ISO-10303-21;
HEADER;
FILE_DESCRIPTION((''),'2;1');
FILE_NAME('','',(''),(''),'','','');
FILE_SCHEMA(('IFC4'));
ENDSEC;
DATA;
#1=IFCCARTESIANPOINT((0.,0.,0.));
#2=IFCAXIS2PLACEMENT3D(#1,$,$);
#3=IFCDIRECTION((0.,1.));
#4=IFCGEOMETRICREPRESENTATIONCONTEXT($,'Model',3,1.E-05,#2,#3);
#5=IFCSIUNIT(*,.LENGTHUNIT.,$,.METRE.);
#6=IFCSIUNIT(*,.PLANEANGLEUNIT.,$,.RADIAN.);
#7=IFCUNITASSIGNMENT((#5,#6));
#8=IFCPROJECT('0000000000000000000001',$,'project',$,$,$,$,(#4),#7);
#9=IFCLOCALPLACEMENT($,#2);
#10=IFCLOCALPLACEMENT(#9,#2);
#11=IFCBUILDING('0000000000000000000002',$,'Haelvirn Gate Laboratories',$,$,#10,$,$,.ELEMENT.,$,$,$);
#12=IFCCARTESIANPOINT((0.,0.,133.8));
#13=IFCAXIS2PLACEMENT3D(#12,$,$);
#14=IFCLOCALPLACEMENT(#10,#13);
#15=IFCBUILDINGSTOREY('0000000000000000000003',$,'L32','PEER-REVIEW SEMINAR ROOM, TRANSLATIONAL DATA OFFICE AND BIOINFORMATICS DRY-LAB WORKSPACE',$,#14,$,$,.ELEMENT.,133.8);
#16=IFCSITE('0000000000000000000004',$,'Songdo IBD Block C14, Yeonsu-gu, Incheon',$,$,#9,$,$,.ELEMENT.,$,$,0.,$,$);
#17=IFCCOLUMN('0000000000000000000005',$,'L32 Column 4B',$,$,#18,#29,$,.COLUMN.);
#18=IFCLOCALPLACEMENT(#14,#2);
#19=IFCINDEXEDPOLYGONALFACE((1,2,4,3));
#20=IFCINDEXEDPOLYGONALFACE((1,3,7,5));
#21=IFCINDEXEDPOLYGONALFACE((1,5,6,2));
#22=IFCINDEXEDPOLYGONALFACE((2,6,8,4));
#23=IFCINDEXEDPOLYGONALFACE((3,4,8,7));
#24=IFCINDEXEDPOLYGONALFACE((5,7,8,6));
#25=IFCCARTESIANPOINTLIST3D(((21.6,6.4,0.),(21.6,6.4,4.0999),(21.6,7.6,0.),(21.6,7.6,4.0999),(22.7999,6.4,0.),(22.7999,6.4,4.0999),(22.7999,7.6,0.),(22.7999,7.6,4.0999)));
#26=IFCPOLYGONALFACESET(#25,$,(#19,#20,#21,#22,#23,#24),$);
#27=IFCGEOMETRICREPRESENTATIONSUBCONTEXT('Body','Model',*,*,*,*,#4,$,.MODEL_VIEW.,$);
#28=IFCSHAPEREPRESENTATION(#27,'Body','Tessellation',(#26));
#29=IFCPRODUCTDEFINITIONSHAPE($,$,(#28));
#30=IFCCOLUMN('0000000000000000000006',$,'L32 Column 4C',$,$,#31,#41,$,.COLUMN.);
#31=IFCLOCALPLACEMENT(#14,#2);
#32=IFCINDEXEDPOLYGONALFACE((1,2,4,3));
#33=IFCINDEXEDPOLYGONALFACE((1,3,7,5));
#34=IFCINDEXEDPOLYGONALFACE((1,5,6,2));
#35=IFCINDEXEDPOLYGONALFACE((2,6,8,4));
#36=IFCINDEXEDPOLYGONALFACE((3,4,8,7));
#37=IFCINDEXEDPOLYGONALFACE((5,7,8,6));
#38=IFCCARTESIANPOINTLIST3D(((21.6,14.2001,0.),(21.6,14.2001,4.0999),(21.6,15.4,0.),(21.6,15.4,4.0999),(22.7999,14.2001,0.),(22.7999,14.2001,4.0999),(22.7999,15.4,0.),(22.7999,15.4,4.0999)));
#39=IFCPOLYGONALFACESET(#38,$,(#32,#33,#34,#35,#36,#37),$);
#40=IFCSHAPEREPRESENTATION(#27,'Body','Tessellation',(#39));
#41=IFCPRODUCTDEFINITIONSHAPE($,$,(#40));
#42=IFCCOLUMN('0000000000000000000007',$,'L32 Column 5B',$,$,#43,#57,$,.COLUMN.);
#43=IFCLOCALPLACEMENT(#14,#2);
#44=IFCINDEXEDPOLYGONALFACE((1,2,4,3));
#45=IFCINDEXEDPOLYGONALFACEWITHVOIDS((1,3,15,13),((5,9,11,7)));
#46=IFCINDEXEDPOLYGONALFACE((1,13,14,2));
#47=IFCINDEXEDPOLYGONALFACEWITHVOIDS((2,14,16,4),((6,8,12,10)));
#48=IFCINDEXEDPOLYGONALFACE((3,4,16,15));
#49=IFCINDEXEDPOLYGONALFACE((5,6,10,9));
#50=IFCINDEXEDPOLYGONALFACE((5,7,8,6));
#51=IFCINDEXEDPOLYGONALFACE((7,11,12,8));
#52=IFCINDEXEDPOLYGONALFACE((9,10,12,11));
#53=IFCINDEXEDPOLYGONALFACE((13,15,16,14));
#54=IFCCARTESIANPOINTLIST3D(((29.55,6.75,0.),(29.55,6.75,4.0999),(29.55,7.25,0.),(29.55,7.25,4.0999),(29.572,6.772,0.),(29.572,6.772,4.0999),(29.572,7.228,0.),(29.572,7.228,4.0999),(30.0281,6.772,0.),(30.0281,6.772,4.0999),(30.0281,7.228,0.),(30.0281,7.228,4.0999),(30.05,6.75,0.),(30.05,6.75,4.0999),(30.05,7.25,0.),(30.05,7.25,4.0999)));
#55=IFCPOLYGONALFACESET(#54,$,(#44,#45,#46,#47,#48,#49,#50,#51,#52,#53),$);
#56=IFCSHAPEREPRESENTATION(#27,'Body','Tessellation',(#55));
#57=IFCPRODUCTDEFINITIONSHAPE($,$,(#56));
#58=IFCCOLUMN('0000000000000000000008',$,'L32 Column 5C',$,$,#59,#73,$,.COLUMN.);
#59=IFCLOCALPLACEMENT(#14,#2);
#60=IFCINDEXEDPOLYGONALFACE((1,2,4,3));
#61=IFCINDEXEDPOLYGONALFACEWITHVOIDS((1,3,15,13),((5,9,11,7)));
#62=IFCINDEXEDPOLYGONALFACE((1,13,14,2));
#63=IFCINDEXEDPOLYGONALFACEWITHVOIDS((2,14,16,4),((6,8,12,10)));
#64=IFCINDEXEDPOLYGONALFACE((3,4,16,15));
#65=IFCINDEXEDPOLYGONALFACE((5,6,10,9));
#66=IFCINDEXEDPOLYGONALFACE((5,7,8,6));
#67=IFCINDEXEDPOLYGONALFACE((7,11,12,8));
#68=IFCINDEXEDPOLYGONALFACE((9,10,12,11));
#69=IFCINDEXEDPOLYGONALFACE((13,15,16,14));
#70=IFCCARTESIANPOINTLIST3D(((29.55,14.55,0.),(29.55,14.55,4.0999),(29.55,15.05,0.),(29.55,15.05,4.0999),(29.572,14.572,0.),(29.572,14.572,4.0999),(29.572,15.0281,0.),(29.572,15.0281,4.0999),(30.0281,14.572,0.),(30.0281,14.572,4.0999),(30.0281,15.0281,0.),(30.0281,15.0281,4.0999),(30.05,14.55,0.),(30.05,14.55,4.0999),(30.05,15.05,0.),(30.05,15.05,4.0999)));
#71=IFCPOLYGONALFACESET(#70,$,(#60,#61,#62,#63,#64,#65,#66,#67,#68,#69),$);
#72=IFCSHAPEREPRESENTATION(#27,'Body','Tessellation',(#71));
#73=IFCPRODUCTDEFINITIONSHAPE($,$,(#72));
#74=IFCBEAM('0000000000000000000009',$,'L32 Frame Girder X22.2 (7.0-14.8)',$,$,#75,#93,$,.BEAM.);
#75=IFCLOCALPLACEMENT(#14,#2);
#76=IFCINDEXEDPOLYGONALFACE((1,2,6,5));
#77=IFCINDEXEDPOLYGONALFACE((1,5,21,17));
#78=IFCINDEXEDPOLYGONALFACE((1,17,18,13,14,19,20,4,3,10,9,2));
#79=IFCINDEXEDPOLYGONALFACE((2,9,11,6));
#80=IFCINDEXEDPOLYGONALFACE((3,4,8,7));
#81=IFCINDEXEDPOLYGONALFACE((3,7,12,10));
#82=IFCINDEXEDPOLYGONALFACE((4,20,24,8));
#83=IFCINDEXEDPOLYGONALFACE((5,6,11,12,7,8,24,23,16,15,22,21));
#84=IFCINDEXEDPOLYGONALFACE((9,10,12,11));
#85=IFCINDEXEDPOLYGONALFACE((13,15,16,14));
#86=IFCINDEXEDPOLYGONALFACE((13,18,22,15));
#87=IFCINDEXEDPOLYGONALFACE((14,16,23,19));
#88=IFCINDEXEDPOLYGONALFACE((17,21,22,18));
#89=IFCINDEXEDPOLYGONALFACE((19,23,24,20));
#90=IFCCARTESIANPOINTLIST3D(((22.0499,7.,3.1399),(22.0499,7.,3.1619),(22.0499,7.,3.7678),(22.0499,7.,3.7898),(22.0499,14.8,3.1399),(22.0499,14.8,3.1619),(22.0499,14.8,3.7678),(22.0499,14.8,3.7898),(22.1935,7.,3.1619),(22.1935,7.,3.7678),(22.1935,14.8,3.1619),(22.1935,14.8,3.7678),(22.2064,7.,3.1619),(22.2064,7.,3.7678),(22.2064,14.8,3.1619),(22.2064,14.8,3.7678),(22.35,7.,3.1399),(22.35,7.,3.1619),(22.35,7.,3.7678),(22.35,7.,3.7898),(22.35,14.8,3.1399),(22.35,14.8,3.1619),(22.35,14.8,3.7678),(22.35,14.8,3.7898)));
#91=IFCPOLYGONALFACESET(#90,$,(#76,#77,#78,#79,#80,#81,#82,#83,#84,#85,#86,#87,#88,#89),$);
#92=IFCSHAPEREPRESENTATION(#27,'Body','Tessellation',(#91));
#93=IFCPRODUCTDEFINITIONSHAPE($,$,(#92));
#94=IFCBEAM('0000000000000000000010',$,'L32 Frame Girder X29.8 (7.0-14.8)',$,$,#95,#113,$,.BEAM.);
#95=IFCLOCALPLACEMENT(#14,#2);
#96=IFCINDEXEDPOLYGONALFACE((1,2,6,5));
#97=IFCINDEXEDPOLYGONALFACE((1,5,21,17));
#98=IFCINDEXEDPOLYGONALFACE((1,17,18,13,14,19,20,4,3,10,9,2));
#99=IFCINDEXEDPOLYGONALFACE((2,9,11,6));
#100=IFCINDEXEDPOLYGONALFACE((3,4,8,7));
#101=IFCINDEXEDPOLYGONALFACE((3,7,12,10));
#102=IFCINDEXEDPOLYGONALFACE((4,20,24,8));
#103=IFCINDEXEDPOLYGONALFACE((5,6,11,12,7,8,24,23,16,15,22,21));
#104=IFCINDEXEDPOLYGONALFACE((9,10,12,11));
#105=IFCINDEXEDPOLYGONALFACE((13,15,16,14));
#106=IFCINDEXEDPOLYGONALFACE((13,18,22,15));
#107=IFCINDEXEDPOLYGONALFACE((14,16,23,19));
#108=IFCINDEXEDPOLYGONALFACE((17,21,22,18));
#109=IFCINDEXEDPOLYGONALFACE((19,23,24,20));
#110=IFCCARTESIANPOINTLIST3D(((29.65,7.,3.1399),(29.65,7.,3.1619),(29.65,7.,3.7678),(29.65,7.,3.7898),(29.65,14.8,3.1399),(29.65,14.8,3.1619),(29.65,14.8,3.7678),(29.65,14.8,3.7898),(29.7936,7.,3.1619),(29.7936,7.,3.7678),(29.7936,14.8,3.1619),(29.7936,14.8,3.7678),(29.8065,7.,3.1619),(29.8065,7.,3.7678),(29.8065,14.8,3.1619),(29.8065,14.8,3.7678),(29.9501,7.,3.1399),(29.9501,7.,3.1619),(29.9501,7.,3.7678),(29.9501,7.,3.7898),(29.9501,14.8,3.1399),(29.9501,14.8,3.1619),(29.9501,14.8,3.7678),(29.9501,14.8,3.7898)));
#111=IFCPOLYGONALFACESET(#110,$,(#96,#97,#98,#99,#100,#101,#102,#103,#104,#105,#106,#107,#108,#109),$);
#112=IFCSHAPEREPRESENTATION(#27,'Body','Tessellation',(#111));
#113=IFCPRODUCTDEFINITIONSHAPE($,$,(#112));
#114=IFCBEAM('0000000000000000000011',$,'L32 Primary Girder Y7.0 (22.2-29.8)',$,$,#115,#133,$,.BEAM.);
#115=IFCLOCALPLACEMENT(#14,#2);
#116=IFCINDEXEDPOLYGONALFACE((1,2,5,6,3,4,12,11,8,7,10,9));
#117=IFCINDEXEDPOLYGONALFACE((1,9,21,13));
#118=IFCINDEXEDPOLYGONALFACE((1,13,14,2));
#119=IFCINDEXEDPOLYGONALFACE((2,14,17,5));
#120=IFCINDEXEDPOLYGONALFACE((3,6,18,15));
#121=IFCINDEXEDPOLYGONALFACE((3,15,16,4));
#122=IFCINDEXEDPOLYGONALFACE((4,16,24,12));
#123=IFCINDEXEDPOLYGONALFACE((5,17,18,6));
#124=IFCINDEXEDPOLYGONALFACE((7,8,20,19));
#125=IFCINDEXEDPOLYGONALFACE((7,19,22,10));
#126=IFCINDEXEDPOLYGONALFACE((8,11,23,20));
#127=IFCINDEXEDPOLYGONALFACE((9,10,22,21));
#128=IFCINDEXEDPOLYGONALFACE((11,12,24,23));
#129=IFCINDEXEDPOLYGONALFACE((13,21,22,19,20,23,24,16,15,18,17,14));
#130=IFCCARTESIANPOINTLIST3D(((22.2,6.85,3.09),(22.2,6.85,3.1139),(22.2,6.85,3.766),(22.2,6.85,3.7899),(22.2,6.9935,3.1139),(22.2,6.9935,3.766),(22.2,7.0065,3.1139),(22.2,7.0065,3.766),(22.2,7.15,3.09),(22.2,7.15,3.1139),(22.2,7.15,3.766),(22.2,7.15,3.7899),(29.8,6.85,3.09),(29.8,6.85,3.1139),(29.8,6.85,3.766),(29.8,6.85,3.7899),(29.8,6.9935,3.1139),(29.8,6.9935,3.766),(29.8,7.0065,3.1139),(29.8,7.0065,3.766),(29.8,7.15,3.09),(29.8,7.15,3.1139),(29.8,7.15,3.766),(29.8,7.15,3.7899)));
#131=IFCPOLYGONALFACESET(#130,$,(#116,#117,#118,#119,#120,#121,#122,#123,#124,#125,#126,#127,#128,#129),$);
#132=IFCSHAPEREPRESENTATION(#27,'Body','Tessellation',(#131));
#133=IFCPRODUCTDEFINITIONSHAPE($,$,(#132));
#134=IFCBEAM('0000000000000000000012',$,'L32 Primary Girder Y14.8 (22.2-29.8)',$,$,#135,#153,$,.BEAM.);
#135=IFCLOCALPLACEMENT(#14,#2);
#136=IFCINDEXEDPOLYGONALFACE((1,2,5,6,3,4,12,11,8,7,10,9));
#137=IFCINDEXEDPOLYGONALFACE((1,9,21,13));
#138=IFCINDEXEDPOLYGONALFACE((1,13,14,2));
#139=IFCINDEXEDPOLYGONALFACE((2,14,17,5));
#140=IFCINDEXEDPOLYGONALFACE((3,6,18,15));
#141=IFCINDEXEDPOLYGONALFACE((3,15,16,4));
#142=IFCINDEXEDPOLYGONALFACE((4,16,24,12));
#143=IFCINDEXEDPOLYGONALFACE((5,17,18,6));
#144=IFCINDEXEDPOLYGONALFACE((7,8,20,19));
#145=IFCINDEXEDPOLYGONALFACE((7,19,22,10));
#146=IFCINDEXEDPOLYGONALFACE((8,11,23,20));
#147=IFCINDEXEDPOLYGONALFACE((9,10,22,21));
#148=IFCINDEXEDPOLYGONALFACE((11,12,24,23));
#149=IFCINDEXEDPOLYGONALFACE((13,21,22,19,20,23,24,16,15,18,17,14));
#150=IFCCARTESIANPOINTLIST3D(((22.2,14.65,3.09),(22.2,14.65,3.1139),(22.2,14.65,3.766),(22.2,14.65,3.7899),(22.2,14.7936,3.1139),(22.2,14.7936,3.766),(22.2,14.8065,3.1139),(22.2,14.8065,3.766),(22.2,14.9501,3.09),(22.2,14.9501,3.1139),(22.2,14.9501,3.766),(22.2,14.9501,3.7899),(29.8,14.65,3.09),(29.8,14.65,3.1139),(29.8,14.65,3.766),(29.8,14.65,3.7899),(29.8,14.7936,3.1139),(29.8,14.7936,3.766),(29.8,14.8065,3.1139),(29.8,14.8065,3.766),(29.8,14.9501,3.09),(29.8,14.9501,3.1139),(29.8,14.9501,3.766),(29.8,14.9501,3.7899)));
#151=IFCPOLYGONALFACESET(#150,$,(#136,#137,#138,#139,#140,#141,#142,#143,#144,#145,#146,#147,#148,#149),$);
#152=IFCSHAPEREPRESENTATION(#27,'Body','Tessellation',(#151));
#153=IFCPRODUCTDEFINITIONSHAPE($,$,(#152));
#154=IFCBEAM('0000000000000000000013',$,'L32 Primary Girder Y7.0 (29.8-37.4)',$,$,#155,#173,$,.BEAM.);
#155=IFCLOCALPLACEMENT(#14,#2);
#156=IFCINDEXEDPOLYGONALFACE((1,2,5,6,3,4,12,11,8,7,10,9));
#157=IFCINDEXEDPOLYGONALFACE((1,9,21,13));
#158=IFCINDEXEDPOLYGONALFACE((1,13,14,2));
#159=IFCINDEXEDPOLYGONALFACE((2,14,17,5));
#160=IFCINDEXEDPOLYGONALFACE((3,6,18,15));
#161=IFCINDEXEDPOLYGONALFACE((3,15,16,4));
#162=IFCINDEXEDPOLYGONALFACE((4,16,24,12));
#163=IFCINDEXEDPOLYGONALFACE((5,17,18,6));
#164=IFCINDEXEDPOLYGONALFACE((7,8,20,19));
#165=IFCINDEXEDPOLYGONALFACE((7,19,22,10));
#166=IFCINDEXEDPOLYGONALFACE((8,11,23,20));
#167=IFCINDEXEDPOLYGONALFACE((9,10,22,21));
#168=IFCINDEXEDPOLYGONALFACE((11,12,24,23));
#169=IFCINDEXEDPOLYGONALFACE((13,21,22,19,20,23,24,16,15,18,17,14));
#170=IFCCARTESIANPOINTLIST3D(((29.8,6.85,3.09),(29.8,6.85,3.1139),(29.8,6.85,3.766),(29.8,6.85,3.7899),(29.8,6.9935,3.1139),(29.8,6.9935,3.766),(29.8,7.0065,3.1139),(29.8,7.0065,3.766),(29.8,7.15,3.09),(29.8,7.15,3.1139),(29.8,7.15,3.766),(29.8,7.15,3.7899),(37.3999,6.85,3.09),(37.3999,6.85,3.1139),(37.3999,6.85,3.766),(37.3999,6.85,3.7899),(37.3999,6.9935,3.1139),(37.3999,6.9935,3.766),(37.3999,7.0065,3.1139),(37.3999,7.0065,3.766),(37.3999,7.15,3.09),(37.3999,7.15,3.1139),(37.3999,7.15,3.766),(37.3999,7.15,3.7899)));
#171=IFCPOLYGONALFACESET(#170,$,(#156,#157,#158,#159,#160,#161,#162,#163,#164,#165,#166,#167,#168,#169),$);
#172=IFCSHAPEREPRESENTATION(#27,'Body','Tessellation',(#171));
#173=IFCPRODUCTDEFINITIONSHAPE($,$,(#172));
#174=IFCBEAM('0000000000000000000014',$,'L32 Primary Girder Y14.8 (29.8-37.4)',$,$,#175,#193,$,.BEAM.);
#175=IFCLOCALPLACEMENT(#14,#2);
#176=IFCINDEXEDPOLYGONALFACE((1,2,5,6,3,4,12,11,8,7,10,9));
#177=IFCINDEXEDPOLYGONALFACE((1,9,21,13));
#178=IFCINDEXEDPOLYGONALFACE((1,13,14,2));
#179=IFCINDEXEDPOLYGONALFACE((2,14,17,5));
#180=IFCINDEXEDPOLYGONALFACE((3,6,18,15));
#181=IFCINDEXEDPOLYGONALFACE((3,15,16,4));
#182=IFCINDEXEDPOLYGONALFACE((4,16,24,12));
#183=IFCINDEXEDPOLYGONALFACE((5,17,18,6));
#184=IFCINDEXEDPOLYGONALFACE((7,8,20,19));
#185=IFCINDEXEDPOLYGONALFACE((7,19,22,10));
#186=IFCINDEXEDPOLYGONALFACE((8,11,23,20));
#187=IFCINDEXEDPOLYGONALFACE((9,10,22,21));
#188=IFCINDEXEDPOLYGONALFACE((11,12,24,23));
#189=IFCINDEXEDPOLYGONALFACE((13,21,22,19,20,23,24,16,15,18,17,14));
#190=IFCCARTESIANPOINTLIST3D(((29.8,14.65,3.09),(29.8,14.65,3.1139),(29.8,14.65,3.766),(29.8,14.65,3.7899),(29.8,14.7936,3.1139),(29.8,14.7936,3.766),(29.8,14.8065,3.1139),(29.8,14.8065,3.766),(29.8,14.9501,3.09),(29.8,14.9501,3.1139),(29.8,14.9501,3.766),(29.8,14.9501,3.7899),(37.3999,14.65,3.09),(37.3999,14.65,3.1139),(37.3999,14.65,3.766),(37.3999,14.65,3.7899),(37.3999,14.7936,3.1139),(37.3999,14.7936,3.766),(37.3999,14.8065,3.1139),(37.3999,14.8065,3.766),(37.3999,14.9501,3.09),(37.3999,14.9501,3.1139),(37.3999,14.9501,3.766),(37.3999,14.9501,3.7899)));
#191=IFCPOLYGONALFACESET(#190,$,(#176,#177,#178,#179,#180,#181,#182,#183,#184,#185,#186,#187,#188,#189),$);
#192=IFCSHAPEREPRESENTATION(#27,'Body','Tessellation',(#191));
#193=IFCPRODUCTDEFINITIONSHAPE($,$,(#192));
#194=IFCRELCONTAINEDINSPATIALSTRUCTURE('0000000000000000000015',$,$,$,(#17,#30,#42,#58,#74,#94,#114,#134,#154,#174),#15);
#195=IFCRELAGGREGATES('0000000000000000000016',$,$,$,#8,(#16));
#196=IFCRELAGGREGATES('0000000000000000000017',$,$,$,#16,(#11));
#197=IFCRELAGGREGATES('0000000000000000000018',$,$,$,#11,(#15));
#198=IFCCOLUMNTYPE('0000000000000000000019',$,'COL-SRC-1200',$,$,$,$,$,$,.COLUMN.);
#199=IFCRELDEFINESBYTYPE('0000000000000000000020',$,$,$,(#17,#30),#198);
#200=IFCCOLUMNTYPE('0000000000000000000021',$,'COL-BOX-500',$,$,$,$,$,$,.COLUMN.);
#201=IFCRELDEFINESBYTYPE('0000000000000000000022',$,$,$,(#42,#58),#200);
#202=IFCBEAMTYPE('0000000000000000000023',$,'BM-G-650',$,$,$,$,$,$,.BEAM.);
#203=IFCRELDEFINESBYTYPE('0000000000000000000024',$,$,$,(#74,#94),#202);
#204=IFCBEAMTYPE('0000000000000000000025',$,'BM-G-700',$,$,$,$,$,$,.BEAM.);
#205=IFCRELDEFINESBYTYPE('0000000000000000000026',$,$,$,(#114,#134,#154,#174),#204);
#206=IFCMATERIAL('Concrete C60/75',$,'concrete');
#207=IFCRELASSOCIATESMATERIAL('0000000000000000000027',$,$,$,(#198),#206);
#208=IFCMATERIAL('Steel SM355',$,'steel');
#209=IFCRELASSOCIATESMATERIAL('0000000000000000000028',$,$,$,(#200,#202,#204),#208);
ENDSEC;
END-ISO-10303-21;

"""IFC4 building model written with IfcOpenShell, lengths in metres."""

from ifc_helpers import new_model, si_unit, direction, frame, origin, origin_2d, place, context, subcontext, project, spatial, rectangle, hollow_rectangle, i_section, extrude, source, transform, mapped, material, material_profile, profile_set, type_object, type_shapes, element, save


model = new_model("IFC4")

# Units and contexts
model_context = context("Model", 3, precision=1e-05, world=origin(), true_north=direction((0.0, 1.0)))
body_context = subcontext(model_context, "Body", "Model", "MODEL_VIEW")
ifc_project = project(units=[si_unit("LENGTHUNIT", "METRE"), si_unit("PLANEANGLEUNIT", "RADIAN")], contexts=[model_context])

# Site, building, storey
site_placement = place(None, origin())
site = spatial("IfcSite", under=ifc_project, at=site_placement, Name="Songdo IBD Block C14, Yeonsu-gu, Incheon", CompositionType="ELEMENT", RefElevation=0.0)
building_placement = place(site_placement, origin())
building = spatial("IfcBuilding", under=site, at=building_placement, Name="Haelvirn Gate Laboratories", CompositionType="ELEMENT")
storey_placement = place(building_placement, frame((0.0, 0.0, 133.8)))
storey = spatial("IfcBuildingStorey", under=building, at=storey_placement, Name="L32", Description="PEER-REVIEW SEMINAR ROOM, TRANSLATIONAL DATA OFFICE AND BIOINFORMATICS DRY-LAB WORKSPACE", CompositionType="ELEMENT", Elevation=133.8)

# Columns
ifc_material_1 = material(Name="Concrete C60/75", Category="concrete")
ifc_material_profile_1 = material_profile(ifc_material_1, rectangle(XDim=1.2, YDim=1.2, at=origin_2d()), Name="SRC-1200x1200")
ifc_profile_set_1 = profile_set([ifc_material_profile_1], Name="Concrete C60/75")
column_type_1 = type_object("IfcColumnType", Name="COL-SRC-1200", PredefinedType="COLUMN", material=ifc_profile_set_1)
shared_shape_1 = source(origin(), body_context, "Body", "SweptSolid", [
    extrude(rectangle(XDim=1.2, YDim=1.2, at=origin_2d()), origin(), (0.0, 0.0, 1.0), 4.0999),
])
type_shapes(column_type_1, [shared_shape_1])
for number, where, z_axis, x_axis, name in (
    (1, (22.2, 7.0, 0.0), (0.0, 0.0, 1.0), (1.0, 0.0, 0.0), "L32 Column 4B"),
    (2, (22.2, 14.8, 0.0), (0.0, 0.0, 1.0), (1.0, 0.0, 0.0), "L32 Column 4C"),
):
    element("IfcColumn", number, at=place(storey_placement, frame(where, z_axis=z_axis, x_axis=x_axis)), inside=storey, type_object=column_type_1, Name=name, PredefinedType="COLUMN", context=body_context, shape_type="MappedRepresentation", body=[
        mapped(shared_shape_1, transform((0.0, 0.0, 0.0), scale=1.0)),
    ])
ifc_material_2 = material(Name="Steel SM355", Category="steel")
ifc_material_profile_2 = material_profile(ifc_material_2, hollow_rectangle(XDim=0.5, YDim=0.5, WallThickness=0.022, at=origin_2d()), Name="BOX-500x500x22")
ifc_profile_set_2 = profile_set([ifc_material_profile_2], Name="Steel SM355")
column_type_2 = type_object("IfcColumnType", Name="COL-BOX-500", PredefinedType="COLUMN", material=ifc_profile_set_2)
shared_shape_2 = source(origin(), body_context, "Body", "SweptSolid", [
    extrude(hollow_rectangle(XDim=0.5, YDim=0.5, WallThickness=0.022, at=origin_2d()), origin(), (0.0, 0.0, 1.0), 4.0999),
])
type_shapes(column_type_2, [shared_shape_2])
for number, where, z_axis, x_axis, name in (
    (3, (29.8, 7.0, 0.0), (0.0, 0.0, 1.0), (1.0, 0.0, 0.0), "L32 Column 5B"),
    (4, (29.8, 14.8, 0.0), (0.0, 0.0, 1.0), (1.0, 0.0, 0.0), "L32 Column 5C"),
):
    element("IfcColumn", number, at=place(storey_placement, frame(where, z_axis=z_axis, x_axis=x_axis)), inside=storey, type_object=column_type_2, Name=name, PredefinedType="COLUMN", context=body_context, shape_type="MappedRepresentation", body=[
        mapped(shared_shape_2, transform((0.0, 0.0, 0.0), scale=1.0)),
    ])

# Beams
ifc_material_profile_3 = material_profile(ifc_material_2, i_section(OverallWidth=0.3, OverallDepth=0.6499, WebThickness=0.0129, FlangeThickness=0.022, at=origin_2d()), Name="H-650x300x13x22")
ifc_profile_set_3 = profile_set([ifc_material_profile_3], Name="Steel SM355")
beam_type_1 = type_object("IfcBeamType", Name="BM-G-650", PredefinedType="BEAM", material=ifc_profile_set_3)
shared_shape_3 = source(origin(), body_context, "Body", "SweptSolid", [
    extrude(i_section(OverallWidth=0.3, OverallDepth=0.6499, WebThickness=0.0129, FlangeThickness=0.022, at=origin_2d()), origin(), (0.0, 0.0, 1.0), 7.8),
])
type_shapes(beam_type_1, [shared_shape_3])
for number, where, z_axis, x_axis, name in (
    (5, (22.2, 7.0, 3.4648), (0.0, 1.0, 0.0), (-1.0, 0.0, 0.0), "L32 Frame Girder X22.2 (7.0-14.8)"),
    (6, (29.8, 7.0, 3.4648), (0.0, 1.0, 0.0), (-1.0, 0.0, 0.0), "L32 Frame Girder X29.8 (7.0-14.8)"),
):
    element("IfcBeam", number, at=place(storey_placement, frame(where, z_axis=z_axis, x_axis=x_axis)), inside=storey, type_object=beam_type_1, Name=name, PredefinedType="BEAM", context=body_context, shape_type="MappedRepresentation", body=[
        mapped(shared_shape_3, transform((0.0, 0.0, 0.0), scale=1.0)),
    ])
ifc_material_profile_4 = material_profile(ifc_material_2, i_section(OverallWidth=0.3, OverallDepth=0.7, WebThickness=0.0129, FlangeThickness=0.0239, at=origin_2d()), Name="H-700x300x13x24")
ifc_profile_set_4 = profile_set([ifc_material_profile_4], Name="Steel SM355")
beam_type_2 = type_object("IfcBeamType", Name="BM-G-700", PredefinedType="BEAM", material=ifc_profile_set_4)
shared_shape_4 = source(origin(), body_context, "Body", "SweptSolid", [
    extrude(i_section(OverallWidth=0.3, OverallDepth=0.7, WebThickness=0.0129, FlangeThickness=0.0239, at=origin_2d()), origin(), (0.0, 0.0, 1.0), 7.6001),
])
for number, where, z_axis, x_axis, name in (
    (7, (22.2, 7.0, 3.4399), (1.0, 0.0, 0.0), (0.0, 1.0, 0.0), "L32 Primary Girder Y7.0 (22.2-29.8)"),
    (8, (22.2, 14.8, 3.4399), (1.0, 0.0, 0.0), (0.0, 1.0, 0.0), "L32 Primary Girder Y14.8 (22.2-29.8)"),
):
    element("IfcBeam", number, at=place(storey_placement, frame(where, z_axis=z_axis, x_axis=x_axis)), inside=storey, type_object=beam_type_2, Name=name, PredefinedType="BEAM", context=body_context, shape_type="MappedRepresentation", body=[
        mapped(shared_shape_4, transform((0.0, 0.0, 0.0), scale=1.0)),
    ])
shared_shape_5 = source(origin(), body_context, "Body", "SweptSolid", [
    extrude(i_section(OverallWidth=0.3, OverallDepth=0.7, WebThickness=0.0129, FlangeThickness=0.0239, at=origin_2d()), origin(), (0.0, 0.0, 1.0), 7.5999),
])
type_shapes(beam_type_2, [shared_shape_4, shared_shape_5])
for number, where, z_axis, x_axis, name in (
    (9, (29.8, 7.0, 3.4399), (1.0, 0.0, 0.0), (0.0, 1.0, 0.0), "L32 Primary Girder Y7.0 (29.8-37.4)"),
    (10, (29.8, 14.8, 3.4399), (1.0, 0.0, 0.0), (0.0, 1.0, 0.0), "L32 Primary Girder Y14.8 (29.8-37.4)"),
):
    element("IfcBeam", number, at=place(storey_placement, frame(where, z_axis=z_axis, x_axis=x_axis)), inside=storey, type_object=beam_type_2, Name=name, PredefinedType="BEAM", context=body_context, shape_type="MappedRepresentation", body=[
        mapped(shared_shape_5, transform((0.0, 0.0, 0.0), scale=1.0)),
    ])

save(model, "model.ifc")
